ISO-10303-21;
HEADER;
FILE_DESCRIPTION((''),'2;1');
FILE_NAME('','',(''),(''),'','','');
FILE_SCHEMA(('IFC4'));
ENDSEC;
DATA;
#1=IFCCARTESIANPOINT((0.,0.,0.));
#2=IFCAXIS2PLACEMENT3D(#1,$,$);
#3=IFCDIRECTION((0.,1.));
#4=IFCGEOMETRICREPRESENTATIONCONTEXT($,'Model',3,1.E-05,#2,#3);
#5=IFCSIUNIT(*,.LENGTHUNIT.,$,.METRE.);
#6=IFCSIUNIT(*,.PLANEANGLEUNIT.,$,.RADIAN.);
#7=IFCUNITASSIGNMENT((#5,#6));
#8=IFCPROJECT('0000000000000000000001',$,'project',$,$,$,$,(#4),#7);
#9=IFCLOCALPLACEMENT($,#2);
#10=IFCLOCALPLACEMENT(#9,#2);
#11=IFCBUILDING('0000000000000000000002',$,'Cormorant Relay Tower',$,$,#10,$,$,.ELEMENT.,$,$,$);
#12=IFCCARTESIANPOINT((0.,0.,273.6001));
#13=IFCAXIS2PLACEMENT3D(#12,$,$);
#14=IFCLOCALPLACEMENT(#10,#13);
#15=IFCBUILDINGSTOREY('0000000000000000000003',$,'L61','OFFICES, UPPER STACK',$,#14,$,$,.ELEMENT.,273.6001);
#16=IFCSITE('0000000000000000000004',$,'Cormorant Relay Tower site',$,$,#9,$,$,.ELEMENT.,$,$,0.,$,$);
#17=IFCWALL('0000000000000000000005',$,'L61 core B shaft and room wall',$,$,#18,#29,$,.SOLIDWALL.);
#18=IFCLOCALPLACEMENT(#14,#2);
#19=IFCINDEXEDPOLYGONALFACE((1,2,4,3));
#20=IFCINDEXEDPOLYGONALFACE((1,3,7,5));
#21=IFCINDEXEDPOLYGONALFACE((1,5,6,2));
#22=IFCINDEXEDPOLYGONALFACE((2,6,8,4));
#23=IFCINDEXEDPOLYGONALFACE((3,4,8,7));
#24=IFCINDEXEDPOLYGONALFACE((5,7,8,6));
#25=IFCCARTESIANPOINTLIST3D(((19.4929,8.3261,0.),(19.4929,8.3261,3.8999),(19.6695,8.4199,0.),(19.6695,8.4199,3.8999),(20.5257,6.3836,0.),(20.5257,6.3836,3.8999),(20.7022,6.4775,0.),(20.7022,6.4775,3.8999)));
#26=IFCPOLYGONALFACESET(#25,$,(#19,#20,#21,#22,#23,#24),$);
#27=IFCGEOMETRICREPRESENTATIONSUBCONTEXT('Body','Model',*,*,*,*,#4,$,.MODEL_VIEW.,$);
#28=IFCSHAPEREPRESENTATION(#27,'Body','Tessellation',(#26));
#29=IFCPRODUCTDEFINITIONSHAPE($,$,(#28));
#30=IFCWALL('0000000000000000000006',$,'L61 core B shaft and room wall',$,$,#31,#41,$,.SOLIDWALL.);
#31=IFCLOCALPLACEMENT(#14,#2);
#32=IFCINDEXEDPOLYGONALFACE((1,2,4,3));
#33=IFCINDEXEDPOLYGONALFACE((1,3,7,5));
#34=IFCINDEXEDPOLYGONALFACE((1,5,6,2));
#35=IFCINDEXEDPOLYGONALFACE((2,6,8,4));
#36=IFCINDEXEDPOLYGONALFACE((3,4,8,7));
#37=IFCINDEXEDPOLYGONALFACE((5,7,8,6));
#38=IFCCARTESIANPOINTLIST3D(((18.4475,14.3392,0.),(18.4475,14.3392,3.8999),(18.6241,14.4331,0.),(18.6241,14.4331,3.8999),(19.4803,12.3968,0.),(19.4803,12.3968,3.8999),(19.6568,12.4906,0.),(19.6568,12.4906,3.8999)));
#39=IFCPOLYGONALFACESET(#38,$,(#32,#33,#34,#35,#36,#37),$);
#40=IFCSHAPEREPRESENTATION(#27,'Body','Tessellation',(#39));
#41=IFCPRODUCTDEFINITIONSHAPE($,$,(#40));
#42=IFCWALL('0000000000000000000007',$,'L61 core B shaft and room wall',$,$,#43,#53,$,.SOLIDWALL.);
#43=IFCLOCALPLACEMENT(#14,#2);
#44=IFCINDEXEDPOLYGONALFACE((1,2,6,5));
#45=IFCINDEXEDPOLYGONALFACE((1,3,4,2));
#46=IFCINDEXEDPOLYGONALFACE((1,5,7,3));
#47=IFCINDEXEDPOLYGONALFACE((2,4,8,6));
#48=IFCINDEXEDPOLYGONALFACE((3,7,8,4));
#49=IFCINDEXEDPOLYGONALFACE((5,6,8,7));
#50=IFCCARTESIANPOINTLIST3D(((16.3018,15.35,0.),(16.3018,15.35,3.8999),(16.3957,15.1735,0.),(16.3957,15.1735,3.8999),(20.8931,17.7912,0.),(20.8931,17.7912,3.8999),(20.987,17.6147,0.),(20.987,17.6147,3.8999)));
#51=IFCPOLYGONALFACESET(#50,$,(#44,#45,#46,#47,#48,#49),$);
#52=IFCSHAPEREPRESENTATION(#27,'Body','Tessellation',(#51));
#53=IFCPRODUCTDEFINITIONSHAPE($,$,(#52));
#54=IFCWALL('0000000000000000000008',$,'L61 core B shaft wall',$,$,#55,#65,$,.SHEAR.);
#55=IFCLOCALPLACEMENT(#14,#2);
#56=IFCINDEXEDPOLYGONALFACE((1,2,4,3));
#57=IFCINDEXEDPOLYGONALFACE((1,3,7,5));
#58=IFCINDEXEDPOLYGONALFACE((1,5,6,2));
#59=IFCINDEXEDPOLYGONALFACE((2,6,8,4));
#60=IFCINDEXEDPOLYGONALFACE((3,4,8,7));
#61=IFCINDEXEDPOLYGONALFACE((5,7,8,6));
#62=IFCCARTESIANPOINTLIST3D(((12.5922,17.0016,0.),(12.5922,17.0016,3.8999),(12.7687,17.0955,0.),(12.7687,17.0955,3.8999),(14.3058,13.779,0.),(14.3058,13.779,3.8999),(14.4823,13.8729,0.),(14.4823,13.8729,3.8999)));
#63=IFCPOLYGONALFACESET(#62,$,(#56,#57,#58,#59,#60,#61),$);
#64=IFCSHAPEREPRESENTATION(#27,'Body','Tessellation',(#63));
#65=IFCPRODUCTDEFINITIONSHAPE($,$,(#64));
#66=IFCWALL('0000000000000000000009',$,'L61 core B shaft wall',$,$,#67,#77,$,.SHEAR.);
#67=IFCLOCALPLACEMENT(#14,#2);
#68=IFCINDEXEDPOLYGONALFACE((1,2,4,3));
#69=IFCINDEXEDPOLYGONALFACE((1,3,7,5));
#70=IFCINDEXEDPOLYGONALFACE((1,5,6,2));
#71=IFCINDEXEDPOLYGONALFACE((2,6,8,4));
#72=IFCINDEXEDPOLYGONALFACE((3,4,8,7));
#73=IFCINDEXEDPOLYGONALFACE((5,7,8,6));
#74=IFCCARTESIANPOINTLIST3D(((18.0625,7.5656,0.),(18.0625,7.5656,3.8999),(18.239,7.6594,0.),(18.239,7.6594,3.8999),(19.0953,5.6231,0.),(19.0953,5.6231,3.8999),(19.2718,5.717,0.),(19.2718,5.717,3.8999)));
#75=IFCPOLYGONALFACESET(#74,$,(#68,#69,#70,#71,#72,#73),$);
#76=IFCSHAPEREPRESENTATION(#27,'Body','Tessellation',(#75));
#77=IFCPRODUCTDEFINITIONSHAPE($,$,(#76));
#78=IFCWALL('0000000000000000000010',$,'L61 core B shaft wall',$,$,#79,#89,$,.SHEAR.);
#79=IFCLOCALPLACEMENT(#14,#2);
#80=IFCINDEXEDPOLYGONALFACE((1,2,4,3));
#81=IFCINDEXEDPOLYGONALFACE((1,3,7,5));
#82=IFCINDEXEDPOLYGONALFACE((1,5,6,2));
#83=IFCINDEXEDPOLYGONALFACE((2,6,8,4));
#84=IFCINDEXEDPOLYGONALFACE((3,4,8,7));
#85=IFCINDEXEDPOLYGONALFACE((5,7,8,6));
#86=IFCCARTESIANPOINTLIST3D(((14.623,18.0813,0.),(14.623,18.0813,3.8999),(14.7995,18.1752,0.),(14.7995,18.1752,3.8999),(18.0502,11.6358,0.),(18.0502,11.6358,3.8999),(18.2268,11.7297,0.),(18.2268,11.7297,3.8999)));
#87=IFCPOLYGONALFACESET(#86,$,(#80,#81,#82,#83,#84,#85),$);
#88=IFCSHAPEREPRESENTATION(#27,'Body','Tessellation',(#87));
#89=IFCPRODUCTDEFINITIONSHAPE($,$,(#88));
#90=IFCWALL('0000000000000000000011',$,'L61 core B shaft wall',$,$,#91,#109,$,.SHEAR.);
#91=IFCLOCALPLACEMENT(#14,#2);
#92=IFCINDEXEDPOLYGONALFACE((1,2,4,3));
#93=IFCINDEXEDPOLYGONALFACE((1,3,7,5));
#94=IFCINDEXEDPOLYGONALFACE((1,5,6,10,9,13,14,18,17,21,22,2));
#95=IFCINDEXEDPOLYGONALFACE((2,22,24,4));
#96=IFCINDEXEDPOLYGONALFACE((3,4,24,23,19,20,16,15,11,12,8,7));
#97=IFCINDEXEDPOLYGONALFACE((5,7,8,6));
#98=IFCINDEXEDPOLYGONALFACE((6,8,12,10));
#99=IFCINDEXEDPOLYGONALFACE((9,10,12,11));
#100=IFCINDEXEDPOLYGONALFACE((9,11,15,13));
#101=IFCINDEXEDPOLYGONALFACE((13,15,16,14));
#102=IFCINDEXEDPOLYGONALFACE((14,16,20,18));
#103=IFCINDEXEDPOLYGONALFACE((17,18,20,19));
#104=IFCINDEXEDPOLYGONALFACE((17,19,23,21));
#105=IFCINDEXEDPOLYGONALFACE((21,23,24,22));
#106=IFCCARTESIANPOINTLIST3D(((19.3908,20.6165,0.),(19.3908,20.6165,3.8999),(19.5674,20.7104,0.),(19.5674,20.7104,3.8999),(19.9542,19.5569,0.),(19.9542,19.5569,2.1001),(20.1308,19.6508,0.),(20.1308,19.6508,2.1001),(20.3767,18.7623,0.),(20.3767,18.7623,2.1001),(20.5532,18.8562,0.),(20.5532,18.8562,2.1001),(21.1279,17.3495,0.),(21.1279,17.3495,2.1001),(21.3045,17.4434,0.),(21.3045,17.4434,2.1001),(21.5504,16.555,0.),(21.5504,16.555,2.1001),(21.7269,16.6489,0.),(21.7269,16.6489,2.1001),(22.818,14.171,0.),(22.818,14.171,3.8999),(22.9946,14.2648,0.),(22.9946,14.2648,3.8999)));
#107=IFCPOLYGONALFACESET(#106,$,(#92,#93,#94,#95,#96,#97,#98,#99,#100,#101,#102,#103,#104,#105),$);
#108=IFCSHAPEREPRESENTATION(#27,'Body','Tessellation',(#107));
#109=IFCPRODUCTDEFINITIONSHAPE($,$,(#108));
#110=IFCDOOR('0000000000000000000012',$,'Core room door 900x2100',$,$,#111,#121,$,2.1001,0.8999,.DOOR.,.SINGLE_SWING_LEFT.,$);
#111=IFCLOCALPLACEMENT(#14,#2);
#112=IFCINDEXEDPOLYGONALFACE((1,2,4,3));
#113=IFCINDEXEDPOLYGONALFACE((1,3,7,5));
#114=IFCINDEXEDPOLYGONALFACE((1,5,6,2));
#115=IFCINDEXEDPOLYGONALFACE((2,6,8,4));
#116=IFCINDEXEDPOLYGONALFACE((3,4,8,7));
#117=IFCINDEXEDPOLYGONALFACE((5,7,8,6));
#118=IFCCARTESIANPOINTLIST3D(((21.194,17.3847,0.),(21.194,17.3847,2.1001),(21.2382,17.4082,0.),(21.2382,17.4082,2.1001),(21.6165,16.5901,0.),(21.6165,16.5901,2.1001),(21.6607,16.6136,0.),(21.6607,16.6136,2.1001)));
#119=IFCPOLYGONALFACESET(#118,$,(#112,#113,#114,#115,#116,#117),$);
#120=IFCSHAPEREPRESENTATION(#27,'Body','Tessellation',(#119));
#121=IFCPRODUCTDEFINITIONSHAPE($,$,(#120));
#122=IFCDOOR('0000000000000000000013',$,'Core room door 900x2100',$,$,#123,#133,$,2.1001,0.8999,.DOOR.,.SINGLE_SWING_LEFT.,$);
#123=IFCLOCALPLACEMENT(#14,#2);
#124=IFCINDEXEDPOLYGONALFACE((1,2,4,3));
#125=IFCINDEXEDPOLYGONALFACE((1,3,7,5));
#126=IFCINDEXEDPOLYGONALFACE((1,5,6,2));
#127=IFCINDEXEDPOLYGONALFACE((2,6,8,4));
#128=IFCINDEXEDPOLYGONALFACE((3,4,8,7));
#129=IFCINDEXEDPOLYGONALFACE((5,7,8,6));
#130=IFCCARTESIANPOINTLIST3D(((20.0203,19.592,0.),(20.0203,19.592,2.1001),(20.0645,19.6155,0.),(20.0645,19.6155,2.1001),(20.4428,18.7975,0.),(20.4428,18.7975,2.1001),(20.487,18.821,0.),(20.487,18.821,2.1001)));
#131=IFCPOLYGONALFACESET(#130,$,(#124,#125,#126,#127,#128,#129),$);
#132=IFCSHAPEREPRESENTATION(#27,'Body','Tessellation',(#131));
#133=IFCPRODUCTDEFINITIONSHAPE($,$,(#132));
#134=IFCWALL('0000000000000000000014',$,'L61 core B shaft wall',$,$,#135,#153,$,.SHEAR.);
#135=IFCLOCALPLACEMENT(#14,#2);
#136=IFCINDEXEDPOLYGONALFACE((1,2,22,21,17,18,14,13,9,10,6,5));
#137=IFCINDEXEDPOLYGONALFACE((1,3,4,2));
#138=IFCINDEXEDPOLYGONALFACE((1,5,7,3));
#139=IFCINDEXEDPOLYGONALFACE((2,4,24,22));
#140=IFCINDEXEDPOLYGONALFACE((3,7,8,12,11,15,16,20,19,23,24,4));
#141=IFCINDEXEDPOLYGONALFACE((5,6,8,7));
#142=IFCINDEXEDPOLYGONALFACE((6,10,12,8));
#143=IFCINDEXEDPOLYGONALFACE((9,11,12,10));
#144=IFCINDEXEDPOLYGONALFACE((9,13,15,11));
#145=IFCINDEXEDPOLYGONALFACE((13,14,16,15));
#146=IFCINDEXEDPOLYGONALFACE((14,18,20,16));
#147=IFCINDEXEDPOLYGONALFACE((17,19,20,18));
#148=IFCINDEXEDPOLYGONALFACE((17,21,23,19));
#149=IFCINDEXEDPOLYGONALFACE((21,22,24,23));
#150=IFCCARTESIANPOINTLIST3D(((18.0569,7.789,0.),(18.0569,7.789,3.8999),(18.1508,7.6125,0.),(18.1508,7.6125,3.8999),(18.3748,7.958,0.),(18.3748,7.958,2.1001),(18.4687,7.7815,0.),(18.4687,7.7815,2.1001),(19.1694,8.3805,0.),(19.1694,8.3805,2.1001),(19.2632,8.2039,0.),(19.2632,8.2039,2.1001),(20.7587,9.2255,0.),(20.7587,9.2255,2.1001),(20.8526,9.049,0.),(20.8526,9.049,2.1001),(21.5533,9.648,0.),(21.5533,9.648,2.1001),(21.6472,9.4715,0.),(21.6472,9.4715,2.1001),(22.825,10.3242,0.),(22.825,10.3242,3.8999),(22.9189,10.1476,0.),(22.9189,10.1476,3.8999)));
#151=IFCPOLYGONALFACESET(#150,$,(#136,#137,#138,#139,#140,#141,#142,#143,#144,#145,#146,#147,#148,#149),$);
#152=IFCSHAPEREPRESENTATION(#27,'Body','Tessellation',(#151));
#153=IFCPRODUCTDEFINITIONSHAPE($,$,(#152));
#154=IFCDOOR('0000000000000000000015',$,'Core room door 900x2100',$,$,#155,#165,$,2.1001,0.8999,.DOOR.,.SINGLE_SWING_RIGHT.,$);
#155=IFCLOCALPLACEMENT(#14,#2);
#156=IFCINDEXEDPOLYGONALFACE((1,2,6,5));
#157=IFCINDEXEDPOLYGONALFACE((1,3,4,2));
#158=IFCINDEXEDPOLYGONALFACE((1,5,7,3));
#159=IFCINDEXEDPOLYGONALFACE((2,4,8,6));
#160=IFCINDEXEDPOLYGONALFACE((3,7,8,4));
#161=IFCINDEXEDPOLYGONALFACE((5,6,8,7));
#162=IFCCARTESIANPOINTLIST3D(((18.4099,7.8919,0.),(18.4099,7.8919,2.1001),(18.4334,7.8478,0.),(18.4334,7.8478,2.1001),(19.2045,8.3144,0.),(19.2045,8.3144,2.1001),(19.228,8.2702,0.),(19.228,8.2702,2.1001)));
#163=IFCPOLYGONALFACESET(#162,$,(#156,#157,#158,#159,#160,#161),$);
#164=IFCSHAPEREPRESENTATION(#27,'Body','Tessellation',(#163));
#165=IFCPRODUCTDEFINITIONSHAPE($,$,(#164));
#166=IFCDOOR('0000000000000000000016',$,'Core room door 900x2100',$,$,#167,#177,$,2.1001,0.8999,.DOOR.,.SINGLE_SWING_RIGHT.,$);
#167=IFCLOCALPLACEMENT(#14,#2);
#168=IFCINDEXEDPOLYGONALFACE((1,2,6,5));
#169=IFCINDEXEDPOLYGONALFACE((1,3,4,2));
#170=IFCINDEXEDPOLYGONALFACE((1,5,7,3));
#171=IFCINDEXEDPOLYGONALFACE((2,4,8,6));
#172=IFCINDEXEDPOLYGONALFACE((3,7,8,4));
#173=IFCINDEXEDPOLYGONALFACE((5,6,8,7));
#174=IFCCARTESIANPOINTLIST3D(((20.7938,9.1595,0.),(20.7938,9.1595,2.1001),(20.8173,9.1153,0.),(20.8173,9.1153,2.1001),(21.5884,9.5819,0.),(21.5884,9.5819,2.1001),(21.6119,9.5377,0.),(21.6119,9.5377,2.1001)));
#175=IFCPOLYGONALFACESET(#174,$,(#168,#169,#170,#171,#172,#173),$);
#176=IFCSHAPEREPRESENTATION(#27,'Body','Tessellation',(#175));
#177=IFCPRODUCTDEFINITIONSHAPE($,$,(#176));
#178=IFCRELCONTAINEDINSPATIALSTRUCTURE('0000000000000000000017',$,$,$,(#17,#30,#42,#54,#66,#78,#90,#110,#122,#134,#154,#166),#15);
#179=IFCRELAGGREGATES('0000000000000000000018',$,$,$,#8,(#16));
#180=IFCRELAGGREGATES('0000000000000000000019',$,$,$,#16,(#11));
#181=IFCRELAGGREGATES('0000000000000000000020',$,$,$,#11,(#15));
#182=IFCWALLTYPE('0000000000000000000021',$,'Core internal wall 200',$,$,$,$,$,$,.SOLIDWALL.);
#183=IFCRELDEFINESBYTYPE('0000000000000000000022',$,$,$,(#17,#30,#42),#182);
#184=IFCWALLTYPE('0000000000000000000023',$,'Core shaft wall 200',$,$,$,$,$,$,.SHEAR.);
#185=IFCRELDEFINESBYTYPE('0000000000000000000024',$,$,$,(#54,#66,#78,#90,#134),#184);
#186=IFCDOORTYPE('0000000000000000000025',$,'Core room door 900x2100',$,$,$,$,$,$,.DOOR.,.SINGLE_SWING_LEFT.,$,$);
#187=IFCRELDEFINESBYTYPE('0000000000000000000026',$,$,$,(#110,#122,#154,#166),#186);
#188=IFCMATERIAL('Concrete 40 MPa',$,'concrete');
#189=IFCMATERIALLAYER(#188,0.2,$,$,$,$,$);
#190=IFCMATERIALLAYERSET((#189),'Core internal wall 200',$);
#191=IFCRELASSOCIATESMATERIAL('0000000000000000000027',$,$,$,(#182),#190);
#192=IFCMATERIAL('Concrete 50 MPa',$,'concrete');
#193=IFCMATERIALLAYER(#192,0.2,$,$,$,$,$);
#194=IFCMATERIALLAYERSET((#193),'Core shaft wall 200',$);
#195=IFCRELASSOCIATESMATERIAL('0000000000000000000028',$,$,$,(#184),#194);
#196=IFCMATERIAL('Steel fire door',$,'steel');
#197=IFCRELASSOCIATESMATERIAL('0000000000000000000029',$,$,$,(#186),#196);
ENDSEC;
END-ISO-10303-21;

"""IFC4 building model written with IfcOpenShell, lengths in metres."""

from ifc_helpers import new_model, si_unit, direction, frame, frame_2d, origin, place, context, subcontext, project, spatial, rectangle, extrude, material, layer, layer_set, type_object, element, fill, save


model = new_model("IFC4")

# Units and contexts
model_context = context("Model", 3, precision=1e-05, world=origin(), true_north=direction((0.0, 1.0)))
body_context = subcontext(model_context, "Body", "Model", "MODEL_VIEW")
ifc_project = project(units=[si_unit("LENGTHUNIT", "METRE"), si_unit("PLANEANGLEUNIT", "RADIAN")], contexts=[model_context])

# Site, building, storey
site_placement = place(None, origin())
site = spatial("IfcSite", under=ifc_project, at=site_placement, Name="Cormorant Relay Tower site", CompositionType="ELEMENT", RefElevation=0.0)
building_placement = place(site_placement, origin())
building = spatial("IfcBuilding", under=site, at=building_placement, Name="Cormorant Relay Tower", CompositionType="ELEMENT")
storey_placement = place(building_placement, frame((0.0, 0.0, 273.6001)))
storey = spatial("IfcBuildingStorey", under=building, at=storey_placement, Name="L61", Description="OFFICES, UPPER STACK", CompositionType="ELEMENT", Elevation=273.6001)

# Walls
ifc_material_1 = material(Name="Concrete 40 MPa", Category="concrete")
ifc_layer_1 = layer(ifc_material_1, 0.2)
ifc_layer_set_1 = layer_set([ifc_layer_1], Name="Core internal wall 200")
wall_type_1 = type_object("IfcWallType", Name="Core internal wall 200", PredefinedType="SOLIDWALL", material=ifc_layer_set_1)
for number, where, z_axis, x_axis, name in (
    (1, (20.614, 6.4304, 0.0), (0.0, 0.0, 1.0), (-0.469447, 0.88296, 0.0), "L61 core B shaft and room wall"),
    (2, (19.5686, 12.4436, 0.0), (0.0, 0.0, 1.0), (-0.469447, 0.88296, 0.0), "L61 core B shaft and room wall"),
):
    element("IfcWall", number, at=place(storey_placement, frame(where, z_axis=z_axis, x_axis=x_axis)), inside=storey, type_object=wall_type_1, Name=name, PredefinedType="SOLIDWALL", context=body_context, shape_type="SweptSolid", body=[
        extrude(rectangle(XDim=2.2, YDim=0.2, at=frame_2d((1.1001, 0.0))), origin(), (0.0, 0.0, 1.0), 3.8999),
    ])
wall_1_placement = place(storey_placement, frame((16.3486, 15.2617, 0.0), z_axis=(0.0, 0.0, 1.0), x_axis=(0.882954, 0.46946, 0.0)))
element("IfcWall", 3, at=wall_1_placement, inside=storey, type_object=wall_type_1, Name="L61 core B shaft and room wall", PredefinedType="SOLIDWALL", context=body_context, shape_type="SweptSolid", body=[
    extrude(rectangle(XDim=5.2, YDim=0.2, at=frame_2d((2.6001, 0.0))), origin(), (0.0, 0.0, 1.0), 3.8999),
])
ifc_material_2 = material(Name="Concrete 50 MPa", Category="concrete")
ifc_layer_2 = layer(ifc_material_2, 0.2)
ifc_layer_set_2 = layer_set([ifc_layer_2], Name="Core shaft wall 200")
wall_type_2 = type_object("IfcWallType", Name="Core shaft wall 200", PredefinedType="SHEAR", material=ifc_layer_set_2)
wall_2_placement = place(storey_placement, frame((14.394, 13.8259, 0.0), z_axis=(0.0, 0.0, 1.0), x_axis=(-0.469494, 0.882936, 0.0)))
element("IfcWall", 4, at=wall_2_placement, inside=storey, type_object=wall_type_2, Name="L61 core B shaft wall", PredefinedType="SHEAR", context=body_context, shape_type="SweptSolid", body=[
    extrude(rectangle(XDim=3.6499, YDim=0.2, at=frame_2d((1.825, 0.0))), origin(), (0.0, 0.0, 1.0), 3.8999),
])
wall_3_placement = place(storey_placement, frame((19.1836, 5.6699, 0.0), z_axis=(0.0, 0.0, 1.0), x_axis=(-0.469447, 0.88296, 0.0)))
element("IfcWall", 5, at=wall_3_placement, inside=storey, type_object=wall_type_2, Name="L61 core B shaft wall", PredefinedType="SHEAR", context=body_context, shape_type="SweptSolid", body=[
    extrude(rectangle(XDim=2.2, YDim=0.2, at=frame_2d((1.1001, 0.0))), origin(), (0.0, 0.0, 1.0), 3.8999),
])
wall_4_placement = place(storey_placement, frame((18.1384, 11.6829, 0.0), z_axis=(0.0, 0.0, 1.0), x_axis=(-0.46948, 0.882943, 0.0)))
element("IfcWall", 6, at=wall_4_placement, inside=storey, type_object=wall_type_2, Name="L61 core B shaft wall", PredefinedType="SHEAR", context=body_context, shape_type="SweptSolid", body=[
    extrude(rectangle(XDim=7.3, YDim=0.2, at=frame_2d((3.6499, 0.0))), origin(), (0.0, 0.0, 1.0), 3.8999),
])

# Walls, openings, doors
wall_5_placement = place(storey_placement, frame((22.9062, 14.218, 0.0), z_axis=(0.0, 0.0, 1.0), x_axis=(-0.46948, 0.882943, 0.0)))
wall_5 = element("IfcWall", 7, at=wall_5_placement, inside=storey, type_object=wall_type_2, Name="L61 core B shaft wall", PredefinedType="SHEAR", context=body_context, shape_type="SweptSolid", body=[
    extrude(rectangle(XDim=7.3, YDim=0.2, at=frame_2d((3.6499, 0.0))), origin(), (0.0, 0.0, 1.0), 3.8999),
])
opening_1_placement = place(wall_5_placement, frame((2.7, 0.0, 0.0)))
opening_1 = element("IfcOpeningElement", 8, at=opening_1_placement, cuts=wall_5, PredefinedType="OPENING", context=body_context, shape_type="SweptSolid", body=[
    extrude(rectangle(XDim=0.8999, YDim=2.1001, at=frame_2d((0.45, 1.05))), frame((0.0, 0.1099, 0.0), z_axis=(0.0, -1.0, 0.0), x_axis=(1.0, 0.0, 0.0)), (0.0, 0.0, 1.0), 0.22),
])
opening_2_placement = place(wall_5_placement, frame((5.2, 0.0, 0.0)))
opening_2 = element("IfcOpeningElement", 9, at=opening_2_placement, cuts=wall_5, PredefinedType="OPENING", context=body_context, shape_type="SweptSolid", body=[
    extrude(rectangle(XDim=0.8999, YDim=2.1001, at=frame_2d((0.45, 1.05))), frame((0.0, 0.1099, 0.0), z_axis=(0.0, -1.0, 0.0), x_axis=(1.0, 0.0, 0.0)), (0.0, 0.0, 1.0), 0.22),
])
ifc_material_3 = material(Name="Steel fire door", Category="steel")
door_type_1 = type_object("IfcDoorType", Name="Core room door 900x2100", OperationType="SINGLE_SWING_LEFT", PredefinedType="DOOR", material=ifc_material_3)
door_1_placement = place(opening_1_placement, frame((0.8999, 0.0, 0.0), z_axis=(0.0, 0.0, 1.0), x_axis=(-1.0, 0.0, 0.0)))
door_1 = element("IfcDoor", 10, at=door_1_placement, inside=storey, type_object=door_type_1, Name="Core room door 900x2100", OperationType="SINGLE_SWING_LEFT", OverallHeight=2.1001, OverallWidth=0.8999, PredefinedType="DOOR", context=body_context, shape_type="SweptSolid", body=[
    extrude(rectangle(XDim=0.8999, YDim=2.1001, at=frame_2d((0.45, 1.05))), frame((0.0, 0.0249, 0.0), z_axis=(0.0, -1.0, 0.0), x_axis=(1.0, 0.0, 0.0)), (0.0, 0.0, 1.0), 0.05),
])
fill(opening_1, door_1)
door_2_placement = place(opening_2_placement, frame((0.8999, 0.0, 0.0), z_axis=(0.0, 0.0, 1.0), x_axis=(-1.0, 0.0, 0.0)))
door_2 = element("IfcDoor", 11, at=door_2_placement, inside=storey, type_object=door_type_1, Name="Core room door 900x2100", OperationType="SINGLE_SWING_LEFT", OverallHeight=2.1001, OverallWidth=0.8999, PredefinedType="DOOR", context=body_context, shape_type="SweptSolid", body=[
    extrude(rectangle(XDim=0.8999, YDim=2.1001, at=frame_2d((0.45, 1.05))), frame((0.0, 0.0249, 0.0), z_axis=(0.0, -1.0, 0.0), x_axis=(1.0, 0.0, 0.0)), (0.0, 0.0, 1.0), 0.05),
])
fill(opening_2, door_2)
wall_6_placement = place(storey_placement, frame((18.1038, 7.7007, 0.0), z_axis=(0.0, 0.0, 1.0), x_axis=(0.882953, 0.469462, 0.0)))
wall_6 = element("IfcWall", 12, at=wall_6_placement, inside=storey, type_object=wall_type_2, Name="L61 core B shaft wall", PredefinedType="SHEAR", context=body_context, shape_type="SweptSolid", body=[
    extrude(rectangle(XDim=5.4001, YDim=0.2, at=frame_2d((2.7002, 0.0))), origin(), (0.0, 0.0, 1.0), 3.8999),
])
opening_3_placement = place(wall_6_placement, frame((0.3601, 0.0, 0.0)))
opening_3 = element("IfcOpeningElement", 13, at=opening_3_placement, cuts=wall_6, PredefinedType="OPENING", context=body_context, shape_type="SweptSolid", body=[
    extrude(rectangle(XDim=0.8999, YDim=2.1001, at=frame_2d((0.45, 1.05))), frame((0.0, 0.1099, 0.0), z_axis=(0.0, -1.0, 0.0), x_axis=(1.0, 0.0, 0.0)), (0.0, 0.0, 1.0), 0.22),
])
opening_4_placement = place(wall_6_placement, frame((3.0601, 0.0, 0.0)))
opening_4 = element("IfcOpeningElement", 14, at=opening_4_placement, cuts=wall_6, PredefinedType="OPENING", context=body_context, shape_type="SweptSolid", body=[
    extrude(rectangle(XDim=0.8999, YDim=2.1001, at=frame_2d((0.45, 1.05))), frame((0.0, 0.1099, 0.0), z_axis=(0.0, -1.0, 0.0), x_axis=(1.0, 0.0, 0.0)), (0.0, 0.0, 1.0), 0.22),
])
door_3_placement = place(opening_3_placement, frame((0.8999, 0.0, 0.0), z_axis=(0.0, 0.0, 1.0), x_axis=(-1.0, 0.0, 0.0)))
door_3 = element("IfcDoor", 15, at=door_3_placement, inside=storey, type_object=door_type_1, Name="Core room door 900x2100", OperationType="SINGLE_SWING_RIGHT", OverallHeight=2.1001, OverallWidth=0.8999, PredefinedType="DOOR", context=body_context, shape_type="SweptSolid", body=[
    extrude(rectangle(XDim=0.8999, YDim=2.1001, at=frame_2d((0.45, 1.05))), frame((0.0, 0.0249, 0.0), z_axis=(0.0, -1.0, 0.0), x_axis=(1.0, 0.0, 0.0)), (0.0, 0.0, 1.0), 0.05),
])
fill(opening_3, door_3)
door_4_placement = place(opening_4_placement, frame((0.8999, 0.0, 0.0), z_axis=(0.0, 0.0, 1.0), x_axis=(-1.0, 0.0, 0.0)))
door_4 = element("IfcDoor", 16, at=door_4_placement, inside=storey, type_object=door_type_1, Name="Core room door 900x2100", OperationType="SINGLE_SWING_RIGHT", OverallHeight=2.1001, OverallWidth=0.8999, PredefinedType="DOOR", context=body_context, shape_type="SweptSolid", body=[
    extrude(rectangle(XDim=0.8999, YDim=2.1001, at=frame_2d((0.45, 1.05))), frame((0.0, 0.0249, 0.0), z_axis=(0.0, -1.0, 0.0), x_axis=(1.0, 0.0, 0.0)), (0.0, 0.0, 1.0), 0.05),
])
fill(opening_4, door_4)

save(model, "model.ifc")
